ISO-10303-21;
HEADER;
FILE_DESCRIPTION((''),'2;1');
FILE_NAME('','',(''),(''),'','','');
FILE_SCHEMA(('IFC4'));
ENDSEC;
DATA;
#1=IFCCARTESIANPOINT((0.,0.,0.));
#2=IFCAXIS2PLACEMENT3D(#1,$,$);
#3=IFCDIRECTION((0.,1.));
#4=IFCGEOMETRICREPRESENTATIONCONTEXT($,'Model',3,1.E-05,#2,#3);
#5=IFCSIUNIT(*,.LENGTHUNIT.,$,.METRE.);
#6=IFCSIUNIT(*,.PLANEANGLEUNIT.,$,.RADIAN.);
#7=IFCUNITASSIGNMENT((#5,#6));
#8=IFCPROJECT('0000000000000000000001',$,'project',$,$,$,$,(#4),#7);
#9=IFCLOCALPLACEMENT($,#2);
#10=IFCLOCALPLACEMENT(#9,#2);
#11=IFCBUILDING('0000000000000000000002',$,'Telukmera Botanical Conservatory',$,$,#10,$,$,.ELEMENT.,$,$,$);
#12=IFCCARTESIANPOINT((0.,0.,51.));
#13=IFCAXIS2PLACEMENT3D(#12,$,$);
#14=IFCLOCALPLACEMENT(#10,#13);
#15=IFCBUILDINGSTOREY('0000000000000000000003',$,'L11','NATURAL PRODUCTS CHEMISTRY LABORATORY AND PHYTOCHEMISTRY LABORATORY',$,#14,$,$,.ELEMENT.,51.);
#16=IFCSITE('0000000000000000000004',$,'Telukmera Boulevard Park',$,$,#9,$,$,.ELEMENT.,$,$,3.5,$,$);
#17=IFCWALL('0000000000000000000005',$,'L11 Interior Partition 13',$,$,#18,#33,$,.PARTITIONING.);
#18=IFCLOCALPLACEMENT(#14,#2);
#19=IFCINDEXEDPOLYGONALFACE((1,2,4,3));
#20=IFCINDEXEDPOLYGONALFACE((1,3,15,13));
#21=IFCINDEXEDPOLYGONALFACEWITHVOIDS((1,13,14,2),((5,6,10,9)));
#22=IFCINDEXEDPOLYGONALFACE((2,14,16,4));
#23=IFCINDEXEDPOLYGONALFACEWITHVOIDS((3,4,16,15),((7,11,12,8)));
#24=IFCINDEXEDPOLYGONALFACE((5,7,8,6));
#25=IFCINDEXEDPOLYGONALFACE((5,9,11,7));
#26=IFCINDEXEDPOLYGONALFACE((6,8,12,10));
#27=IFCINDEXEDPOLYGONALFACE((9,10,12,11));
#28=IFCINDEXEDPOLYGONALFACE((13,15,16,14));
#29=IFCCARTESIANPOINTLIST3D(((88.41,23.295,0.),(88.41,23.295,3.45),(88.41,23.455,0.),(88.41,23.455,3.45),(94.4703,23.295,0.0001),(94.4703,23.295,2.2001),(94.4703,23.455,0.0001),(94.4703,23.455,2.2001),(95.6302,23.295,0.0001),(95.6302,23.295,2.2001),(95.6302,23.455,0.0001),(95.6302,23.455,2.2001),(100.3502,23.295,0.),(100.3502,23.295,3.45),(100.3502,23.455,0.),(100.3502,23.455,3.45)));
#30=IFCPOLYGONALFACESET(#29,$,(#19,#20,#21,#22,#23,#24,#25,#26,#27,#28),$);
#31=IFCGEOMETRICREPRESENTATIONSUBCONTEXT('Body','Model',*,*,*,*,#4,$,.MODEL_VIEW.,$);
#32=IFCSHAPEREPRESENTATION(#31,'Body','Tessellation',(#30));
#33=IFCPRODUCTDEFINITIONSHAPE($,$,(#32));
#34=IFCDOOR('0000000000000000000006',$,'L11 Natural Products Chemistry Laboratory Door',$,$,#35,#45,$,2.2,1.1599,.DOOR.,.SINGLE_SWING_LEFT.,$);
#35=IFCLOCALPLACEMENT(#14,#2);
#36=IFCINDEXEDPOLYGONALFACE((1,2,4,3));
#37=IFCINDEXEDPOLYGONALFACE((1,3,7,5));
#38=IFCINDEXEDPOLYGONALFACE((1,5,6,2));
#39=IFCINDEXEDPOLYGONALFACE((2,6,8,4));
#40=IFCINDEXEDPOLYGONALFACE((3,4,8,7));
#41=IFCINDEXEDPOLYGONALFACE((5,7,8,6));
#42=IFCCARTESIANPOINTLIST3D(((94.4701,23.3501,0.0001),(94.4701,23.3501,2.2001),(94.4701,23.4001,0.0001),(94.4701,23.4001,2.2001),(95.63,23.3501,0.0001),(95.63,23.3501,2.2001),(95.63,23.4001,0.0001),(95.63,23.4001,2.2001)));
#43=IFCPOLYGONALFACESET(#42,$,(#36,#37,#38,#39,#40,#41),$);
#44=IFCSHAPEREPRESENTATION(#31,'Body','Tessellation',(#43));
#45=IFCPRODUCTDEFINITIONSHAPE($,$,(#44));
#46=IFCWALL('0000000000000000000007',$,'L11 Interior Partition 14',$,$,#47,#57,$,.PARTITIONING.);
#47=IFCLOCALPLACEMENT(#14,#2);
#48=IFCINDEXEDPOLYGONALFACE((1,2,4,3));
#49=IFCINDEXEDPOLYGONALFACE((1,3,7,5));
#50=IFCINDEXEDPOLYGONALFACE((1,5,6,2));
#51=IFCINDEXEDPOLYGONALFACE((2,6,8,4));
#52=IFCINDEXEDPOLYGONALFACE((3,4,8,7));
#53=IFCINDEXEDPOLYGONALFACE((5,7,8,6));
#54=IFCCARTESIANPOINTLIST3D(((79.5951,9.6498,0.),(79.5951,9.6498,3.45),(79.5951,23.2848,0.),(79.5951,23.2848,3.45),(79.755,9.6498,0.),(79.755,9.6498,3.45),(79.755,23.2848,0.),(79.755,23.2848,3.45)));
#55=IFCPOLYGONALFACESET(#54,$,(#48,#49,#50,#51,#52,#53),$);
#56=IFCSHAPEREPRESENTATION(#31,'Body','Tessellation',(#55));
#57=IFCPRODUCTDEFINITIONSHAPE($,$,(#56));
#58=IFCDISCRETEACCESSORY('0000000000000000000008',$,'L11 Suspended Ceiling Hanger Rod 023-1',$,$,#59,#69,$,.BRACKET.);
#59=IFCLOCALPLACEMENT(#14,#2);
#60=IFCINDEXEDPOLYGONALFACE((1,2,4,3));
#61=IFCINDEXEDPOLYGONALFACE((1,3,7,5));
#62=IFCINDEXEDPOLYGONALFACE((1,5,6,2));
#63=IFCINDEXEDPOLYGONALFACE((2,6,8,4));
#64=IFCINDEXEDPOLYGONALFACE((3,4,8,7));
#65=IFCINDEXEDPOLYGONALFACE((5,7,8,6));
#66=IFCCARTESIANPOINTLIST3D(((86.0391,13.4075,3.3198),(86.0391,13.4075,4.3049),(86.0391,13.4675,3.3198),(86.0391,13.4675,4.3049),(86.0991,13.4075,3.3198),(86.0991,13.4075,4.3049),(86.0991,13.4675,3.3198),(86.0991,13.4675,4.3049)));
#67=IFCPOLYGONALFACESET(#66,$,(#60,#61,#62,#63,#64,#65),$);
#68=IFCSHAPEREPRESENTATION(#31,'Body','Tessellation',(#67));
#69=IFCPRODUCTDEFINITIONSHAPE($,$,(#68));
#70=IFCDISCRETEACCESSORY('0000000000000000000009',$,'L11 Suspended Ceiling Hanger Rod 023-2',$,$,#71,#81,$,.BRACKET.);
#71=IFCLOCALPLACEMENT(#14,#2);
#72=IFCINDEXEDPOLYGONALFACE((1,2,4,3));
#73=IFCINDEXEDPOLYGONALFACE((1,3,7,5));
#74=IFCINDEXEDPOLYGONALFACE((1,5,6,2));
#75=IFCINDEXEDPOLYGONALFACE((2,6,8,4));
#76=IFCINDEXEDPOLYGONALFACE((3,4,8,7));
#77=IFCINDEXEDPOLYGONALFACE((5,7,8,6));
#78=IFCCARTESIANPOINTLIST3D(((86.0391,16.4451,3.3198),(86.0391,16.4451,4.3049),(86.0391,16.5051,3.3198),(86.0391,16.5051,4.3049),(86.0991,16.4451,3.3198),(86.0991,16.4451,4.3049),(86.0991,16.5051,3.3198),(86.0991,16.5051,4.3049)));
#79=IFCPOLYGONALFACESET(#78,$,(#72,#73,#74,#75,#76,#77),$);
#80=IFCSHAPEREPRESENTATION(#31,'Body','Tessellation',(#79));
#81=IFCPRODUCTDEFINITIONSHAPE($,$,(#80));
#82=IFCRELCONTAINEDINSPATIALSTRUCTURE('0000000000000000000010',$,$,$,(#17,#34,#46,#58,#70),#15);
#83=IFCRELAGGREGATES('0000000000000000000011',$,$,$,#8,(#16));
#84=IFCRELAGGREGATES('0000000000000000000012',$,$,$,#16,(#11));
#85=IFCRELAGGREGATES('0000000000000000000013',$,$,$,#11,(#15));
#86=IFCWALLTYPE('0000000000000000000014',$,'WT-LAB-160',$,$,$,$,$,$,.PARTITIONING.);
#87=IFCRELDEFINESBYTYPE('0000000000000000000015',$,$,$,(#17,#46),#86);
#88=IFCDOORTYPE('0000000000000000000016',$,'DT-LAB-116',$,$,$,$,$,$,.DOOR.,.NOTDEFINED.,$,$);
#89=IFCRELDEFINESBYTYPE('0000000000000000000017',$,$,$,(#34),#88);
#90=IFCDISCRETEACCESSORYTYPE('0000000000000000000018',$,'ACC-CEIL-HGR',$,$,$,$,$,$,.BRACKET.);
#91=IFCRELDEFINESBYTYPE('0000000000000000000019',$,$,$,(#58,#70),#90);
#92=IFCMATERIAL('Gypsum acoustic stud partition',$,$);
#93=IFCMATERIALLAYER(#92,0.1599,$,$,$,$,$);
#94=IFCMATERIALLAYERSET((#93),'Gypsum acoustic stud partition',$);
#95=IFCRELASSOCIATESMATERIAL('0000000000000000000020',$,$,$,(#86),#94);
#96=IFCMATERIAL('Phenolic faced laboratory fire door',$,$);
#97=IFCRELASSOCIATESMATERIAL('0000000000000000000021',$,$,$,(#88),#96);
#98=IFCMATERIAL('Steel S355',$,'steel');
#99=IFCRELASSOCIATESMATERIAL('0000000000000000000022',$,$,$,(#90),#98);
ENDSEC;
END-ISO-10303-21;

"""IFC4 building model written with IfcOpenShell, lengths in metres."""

from ifc_helpers import new_model, si_unit, direction, frame, frame_2d, origin, origin_2d, place, context, subcontext, project, spatial, rectangle, extrude, material, layer, layer_set, type_object, element, fill, save


model = new_model("IFC4")

# Units and contexts
model_context = context("Model", 3, precision=1e-05, world=origin(), true_north=direction((0.0, 1.0)))
body_context = subcontext(model_context, "Body", "Model", "MODEL_VIEW")
ifc_project = project(units=[si_unit("LENGTHUNIT", "METRE"), si_unit("PLANEANGLEUNIT", "RADIAN")], contexts=[model_context])

# Site, building, storey
site_placement = place(None, origin())
site = spatial("IfcSite", under=ifc_project, at=site_placement, Name="Telukmera Boulevard Park", CompositionType="ELEMENT", RefElevation=3.5)
building_placement = place(site_placement, origin())
building = spatial("IfcBuilding", under=site, at=building_placement, Name="Telukmera Botanical Conservatory", CompositionType="ELEMENT")
storey_placement = place(building_placement, frame((0.0, 0.0, 51.0)))
storey = spatial("IfcBuildingStorey", under=building, at=storey_placement, Name="L11", Description="NATURAL PRODUCTS CHEMISTRY LABORATORY AND PHYTOCHEMISTRY LABORATORY", CompositionType="ELEMENT", Elevation=51.0)

# Shared definitions
ifc_material_1 = material(Name="Gypsum acoustic stud partition")
ifc_layer_1 = layer(ifc_material_1, 0.1599)
ifc_layer_set_1 = layer_set([ifc_layer_1], Name="Gypsum acoustic stud partition")
wall_type_1 = type_object("IfcWallType", Name="WT-LAB-160", PredefinedType="PARTITIONING", material=ifc_layer_set_1)

# Wall, opening, door
wall_1_placement = place(storey_placement, frame((88.4099, 23.375, 0.0), z_axis=(0.0, 0.0, 1.0), x_axis=(1.0, 0.0, 0.0)))
wall_1 = element("IfcWall", 1, at=wall_1_placement, inside=storey, type_object=wall_type_1, Name="L11 Interior Partition 13", PredefinedType="PARTITIONING", context=body_context, shape_type="SweptSolid", body=[
    extrude(rectangle(XDim=11.9402, YDim=0.1599, at=frame_2d((5.9702, 0.0))), origin(), (0.0, 0.0, 1.0), 3.45),
])
opening_1_placement = place(wall_1_placement, frame((6.0603, 0.0, 0.0)))
opening_1 = element("IfcOpeningElement", 2, at=opening_1_placement, cuts=wall_1, PredefinedType="OPENING", context=body_context, shape_type="SweptSolid", body=[
    extrude(rectangle(XDim=1.1599, YDim=2.2, at=frame_2d((0.5801, 1.1001))), frame((0.0, 0.0898, 0.0), z_axis=(0.0, -1.0, 0.0), x_axis=(1.0, 0.0, 0.0)), (0.0, 0.0, 1.0), 0.1799),
])
ifc_material_2 = material(Name="Phenolic faced laboratory fire door")
door_type_1 = type_object("IfcDoorType", Name="DT-LAB-116", OperationType="NOTDEFINED", PredefinedType="DOOR", material=ifc_material_2)
door_1_placement = place(opening_1_placement, frame((1.1599, 0.0, 0.0), z_axis=(0.0, 0.0, 1.0), x_axis=(-1.0, 0.0, 0.0)))
door_1 = element("IfcDoor", 3, at=door_1_placement, inside=storey, type_object=door_type_1, Name="L11 Natural Products Chemistry Laboratory Door", OperationType="SINGLE_SWING_LEFT", OverallHeight=2.2, OverallWidth=1.1599, PredefinedType="DOOR", context=body_context, shape_type="SweptSolid", body=[
    extrude(rectangle(XDim=1.1599, YDim=2.2, at=frame_2d((0.5801, 1.1001))), frame((0.0, 0.0249, 0.0), z_axis=(0.0, -1.0, 0.0), x_axis=(1.0, 0.0, 0.0)), (0.0, 0.0, 1.0), 0.05),
])
fill(opening_1, door_1)

# Wall
wall_2_placement = place(storey_placement, frame((79.675, 9.6499, 0.0), z_axis=(0.0, 0.0, 1.0), x_axis=(0.0, 1.0, 0.0)))
element("IfcWall", 4, at=wall_2_placement, inside=storey, type_object=wall_type_1, Name="L11 Interior Partition 14", PredefinedType="PARTITIONING", context=body_context, shape_type="SweptSolid", body=[
    extrude(rectangle(XDim=13.635, YDim=0.1599, at=frame_2d((6.8174, 0.0))), origin(), (0.0, 0.0, 1.0), 3.45),
])

# Discrete accessories
ifc_material_3 = material(Name="Steel S355", Category="steel")
discrete_accessory_type = type_object("IfcDiscreteAccessoryType", Name="ACC-CEIL-HGR", PredefinedType="BRACKET", material=ifc_material_3)
for number, where, z_axis, x_axis, name in (
    (5, (86.0691, 13.4375, 3.3198), (0.0, 0.0, 1.0), (1.0, 0.0, 0.0), "L11 Suspended Ceiling Hanger Rod 023-1"),
    (6, (86.0691, 16.4751, 3.3198), (0.0, 0.0, 1.0), (1.0, 0.0, 0.0), "L11 Suspended Ceiling Hanger Rod 023-2"),
):
    element("IfcDiscreteAccessory", number, at=place(storey_placement, frame(where, z_axis=z_axis, x_axis=x_axis)), inside=storey, type_object=discrete_accessory_type, Name=name, PredefinedType="BRACKET", context=body_context, shape_type="SweptSolid", body=[
        extrude(rectangle(XDim=0.0601, YDim=0.0601, at=origin_2d()), origin(), (0.0, 0.0, 1.0), 0.9851),
    ])

save(model, "model.ifc")
